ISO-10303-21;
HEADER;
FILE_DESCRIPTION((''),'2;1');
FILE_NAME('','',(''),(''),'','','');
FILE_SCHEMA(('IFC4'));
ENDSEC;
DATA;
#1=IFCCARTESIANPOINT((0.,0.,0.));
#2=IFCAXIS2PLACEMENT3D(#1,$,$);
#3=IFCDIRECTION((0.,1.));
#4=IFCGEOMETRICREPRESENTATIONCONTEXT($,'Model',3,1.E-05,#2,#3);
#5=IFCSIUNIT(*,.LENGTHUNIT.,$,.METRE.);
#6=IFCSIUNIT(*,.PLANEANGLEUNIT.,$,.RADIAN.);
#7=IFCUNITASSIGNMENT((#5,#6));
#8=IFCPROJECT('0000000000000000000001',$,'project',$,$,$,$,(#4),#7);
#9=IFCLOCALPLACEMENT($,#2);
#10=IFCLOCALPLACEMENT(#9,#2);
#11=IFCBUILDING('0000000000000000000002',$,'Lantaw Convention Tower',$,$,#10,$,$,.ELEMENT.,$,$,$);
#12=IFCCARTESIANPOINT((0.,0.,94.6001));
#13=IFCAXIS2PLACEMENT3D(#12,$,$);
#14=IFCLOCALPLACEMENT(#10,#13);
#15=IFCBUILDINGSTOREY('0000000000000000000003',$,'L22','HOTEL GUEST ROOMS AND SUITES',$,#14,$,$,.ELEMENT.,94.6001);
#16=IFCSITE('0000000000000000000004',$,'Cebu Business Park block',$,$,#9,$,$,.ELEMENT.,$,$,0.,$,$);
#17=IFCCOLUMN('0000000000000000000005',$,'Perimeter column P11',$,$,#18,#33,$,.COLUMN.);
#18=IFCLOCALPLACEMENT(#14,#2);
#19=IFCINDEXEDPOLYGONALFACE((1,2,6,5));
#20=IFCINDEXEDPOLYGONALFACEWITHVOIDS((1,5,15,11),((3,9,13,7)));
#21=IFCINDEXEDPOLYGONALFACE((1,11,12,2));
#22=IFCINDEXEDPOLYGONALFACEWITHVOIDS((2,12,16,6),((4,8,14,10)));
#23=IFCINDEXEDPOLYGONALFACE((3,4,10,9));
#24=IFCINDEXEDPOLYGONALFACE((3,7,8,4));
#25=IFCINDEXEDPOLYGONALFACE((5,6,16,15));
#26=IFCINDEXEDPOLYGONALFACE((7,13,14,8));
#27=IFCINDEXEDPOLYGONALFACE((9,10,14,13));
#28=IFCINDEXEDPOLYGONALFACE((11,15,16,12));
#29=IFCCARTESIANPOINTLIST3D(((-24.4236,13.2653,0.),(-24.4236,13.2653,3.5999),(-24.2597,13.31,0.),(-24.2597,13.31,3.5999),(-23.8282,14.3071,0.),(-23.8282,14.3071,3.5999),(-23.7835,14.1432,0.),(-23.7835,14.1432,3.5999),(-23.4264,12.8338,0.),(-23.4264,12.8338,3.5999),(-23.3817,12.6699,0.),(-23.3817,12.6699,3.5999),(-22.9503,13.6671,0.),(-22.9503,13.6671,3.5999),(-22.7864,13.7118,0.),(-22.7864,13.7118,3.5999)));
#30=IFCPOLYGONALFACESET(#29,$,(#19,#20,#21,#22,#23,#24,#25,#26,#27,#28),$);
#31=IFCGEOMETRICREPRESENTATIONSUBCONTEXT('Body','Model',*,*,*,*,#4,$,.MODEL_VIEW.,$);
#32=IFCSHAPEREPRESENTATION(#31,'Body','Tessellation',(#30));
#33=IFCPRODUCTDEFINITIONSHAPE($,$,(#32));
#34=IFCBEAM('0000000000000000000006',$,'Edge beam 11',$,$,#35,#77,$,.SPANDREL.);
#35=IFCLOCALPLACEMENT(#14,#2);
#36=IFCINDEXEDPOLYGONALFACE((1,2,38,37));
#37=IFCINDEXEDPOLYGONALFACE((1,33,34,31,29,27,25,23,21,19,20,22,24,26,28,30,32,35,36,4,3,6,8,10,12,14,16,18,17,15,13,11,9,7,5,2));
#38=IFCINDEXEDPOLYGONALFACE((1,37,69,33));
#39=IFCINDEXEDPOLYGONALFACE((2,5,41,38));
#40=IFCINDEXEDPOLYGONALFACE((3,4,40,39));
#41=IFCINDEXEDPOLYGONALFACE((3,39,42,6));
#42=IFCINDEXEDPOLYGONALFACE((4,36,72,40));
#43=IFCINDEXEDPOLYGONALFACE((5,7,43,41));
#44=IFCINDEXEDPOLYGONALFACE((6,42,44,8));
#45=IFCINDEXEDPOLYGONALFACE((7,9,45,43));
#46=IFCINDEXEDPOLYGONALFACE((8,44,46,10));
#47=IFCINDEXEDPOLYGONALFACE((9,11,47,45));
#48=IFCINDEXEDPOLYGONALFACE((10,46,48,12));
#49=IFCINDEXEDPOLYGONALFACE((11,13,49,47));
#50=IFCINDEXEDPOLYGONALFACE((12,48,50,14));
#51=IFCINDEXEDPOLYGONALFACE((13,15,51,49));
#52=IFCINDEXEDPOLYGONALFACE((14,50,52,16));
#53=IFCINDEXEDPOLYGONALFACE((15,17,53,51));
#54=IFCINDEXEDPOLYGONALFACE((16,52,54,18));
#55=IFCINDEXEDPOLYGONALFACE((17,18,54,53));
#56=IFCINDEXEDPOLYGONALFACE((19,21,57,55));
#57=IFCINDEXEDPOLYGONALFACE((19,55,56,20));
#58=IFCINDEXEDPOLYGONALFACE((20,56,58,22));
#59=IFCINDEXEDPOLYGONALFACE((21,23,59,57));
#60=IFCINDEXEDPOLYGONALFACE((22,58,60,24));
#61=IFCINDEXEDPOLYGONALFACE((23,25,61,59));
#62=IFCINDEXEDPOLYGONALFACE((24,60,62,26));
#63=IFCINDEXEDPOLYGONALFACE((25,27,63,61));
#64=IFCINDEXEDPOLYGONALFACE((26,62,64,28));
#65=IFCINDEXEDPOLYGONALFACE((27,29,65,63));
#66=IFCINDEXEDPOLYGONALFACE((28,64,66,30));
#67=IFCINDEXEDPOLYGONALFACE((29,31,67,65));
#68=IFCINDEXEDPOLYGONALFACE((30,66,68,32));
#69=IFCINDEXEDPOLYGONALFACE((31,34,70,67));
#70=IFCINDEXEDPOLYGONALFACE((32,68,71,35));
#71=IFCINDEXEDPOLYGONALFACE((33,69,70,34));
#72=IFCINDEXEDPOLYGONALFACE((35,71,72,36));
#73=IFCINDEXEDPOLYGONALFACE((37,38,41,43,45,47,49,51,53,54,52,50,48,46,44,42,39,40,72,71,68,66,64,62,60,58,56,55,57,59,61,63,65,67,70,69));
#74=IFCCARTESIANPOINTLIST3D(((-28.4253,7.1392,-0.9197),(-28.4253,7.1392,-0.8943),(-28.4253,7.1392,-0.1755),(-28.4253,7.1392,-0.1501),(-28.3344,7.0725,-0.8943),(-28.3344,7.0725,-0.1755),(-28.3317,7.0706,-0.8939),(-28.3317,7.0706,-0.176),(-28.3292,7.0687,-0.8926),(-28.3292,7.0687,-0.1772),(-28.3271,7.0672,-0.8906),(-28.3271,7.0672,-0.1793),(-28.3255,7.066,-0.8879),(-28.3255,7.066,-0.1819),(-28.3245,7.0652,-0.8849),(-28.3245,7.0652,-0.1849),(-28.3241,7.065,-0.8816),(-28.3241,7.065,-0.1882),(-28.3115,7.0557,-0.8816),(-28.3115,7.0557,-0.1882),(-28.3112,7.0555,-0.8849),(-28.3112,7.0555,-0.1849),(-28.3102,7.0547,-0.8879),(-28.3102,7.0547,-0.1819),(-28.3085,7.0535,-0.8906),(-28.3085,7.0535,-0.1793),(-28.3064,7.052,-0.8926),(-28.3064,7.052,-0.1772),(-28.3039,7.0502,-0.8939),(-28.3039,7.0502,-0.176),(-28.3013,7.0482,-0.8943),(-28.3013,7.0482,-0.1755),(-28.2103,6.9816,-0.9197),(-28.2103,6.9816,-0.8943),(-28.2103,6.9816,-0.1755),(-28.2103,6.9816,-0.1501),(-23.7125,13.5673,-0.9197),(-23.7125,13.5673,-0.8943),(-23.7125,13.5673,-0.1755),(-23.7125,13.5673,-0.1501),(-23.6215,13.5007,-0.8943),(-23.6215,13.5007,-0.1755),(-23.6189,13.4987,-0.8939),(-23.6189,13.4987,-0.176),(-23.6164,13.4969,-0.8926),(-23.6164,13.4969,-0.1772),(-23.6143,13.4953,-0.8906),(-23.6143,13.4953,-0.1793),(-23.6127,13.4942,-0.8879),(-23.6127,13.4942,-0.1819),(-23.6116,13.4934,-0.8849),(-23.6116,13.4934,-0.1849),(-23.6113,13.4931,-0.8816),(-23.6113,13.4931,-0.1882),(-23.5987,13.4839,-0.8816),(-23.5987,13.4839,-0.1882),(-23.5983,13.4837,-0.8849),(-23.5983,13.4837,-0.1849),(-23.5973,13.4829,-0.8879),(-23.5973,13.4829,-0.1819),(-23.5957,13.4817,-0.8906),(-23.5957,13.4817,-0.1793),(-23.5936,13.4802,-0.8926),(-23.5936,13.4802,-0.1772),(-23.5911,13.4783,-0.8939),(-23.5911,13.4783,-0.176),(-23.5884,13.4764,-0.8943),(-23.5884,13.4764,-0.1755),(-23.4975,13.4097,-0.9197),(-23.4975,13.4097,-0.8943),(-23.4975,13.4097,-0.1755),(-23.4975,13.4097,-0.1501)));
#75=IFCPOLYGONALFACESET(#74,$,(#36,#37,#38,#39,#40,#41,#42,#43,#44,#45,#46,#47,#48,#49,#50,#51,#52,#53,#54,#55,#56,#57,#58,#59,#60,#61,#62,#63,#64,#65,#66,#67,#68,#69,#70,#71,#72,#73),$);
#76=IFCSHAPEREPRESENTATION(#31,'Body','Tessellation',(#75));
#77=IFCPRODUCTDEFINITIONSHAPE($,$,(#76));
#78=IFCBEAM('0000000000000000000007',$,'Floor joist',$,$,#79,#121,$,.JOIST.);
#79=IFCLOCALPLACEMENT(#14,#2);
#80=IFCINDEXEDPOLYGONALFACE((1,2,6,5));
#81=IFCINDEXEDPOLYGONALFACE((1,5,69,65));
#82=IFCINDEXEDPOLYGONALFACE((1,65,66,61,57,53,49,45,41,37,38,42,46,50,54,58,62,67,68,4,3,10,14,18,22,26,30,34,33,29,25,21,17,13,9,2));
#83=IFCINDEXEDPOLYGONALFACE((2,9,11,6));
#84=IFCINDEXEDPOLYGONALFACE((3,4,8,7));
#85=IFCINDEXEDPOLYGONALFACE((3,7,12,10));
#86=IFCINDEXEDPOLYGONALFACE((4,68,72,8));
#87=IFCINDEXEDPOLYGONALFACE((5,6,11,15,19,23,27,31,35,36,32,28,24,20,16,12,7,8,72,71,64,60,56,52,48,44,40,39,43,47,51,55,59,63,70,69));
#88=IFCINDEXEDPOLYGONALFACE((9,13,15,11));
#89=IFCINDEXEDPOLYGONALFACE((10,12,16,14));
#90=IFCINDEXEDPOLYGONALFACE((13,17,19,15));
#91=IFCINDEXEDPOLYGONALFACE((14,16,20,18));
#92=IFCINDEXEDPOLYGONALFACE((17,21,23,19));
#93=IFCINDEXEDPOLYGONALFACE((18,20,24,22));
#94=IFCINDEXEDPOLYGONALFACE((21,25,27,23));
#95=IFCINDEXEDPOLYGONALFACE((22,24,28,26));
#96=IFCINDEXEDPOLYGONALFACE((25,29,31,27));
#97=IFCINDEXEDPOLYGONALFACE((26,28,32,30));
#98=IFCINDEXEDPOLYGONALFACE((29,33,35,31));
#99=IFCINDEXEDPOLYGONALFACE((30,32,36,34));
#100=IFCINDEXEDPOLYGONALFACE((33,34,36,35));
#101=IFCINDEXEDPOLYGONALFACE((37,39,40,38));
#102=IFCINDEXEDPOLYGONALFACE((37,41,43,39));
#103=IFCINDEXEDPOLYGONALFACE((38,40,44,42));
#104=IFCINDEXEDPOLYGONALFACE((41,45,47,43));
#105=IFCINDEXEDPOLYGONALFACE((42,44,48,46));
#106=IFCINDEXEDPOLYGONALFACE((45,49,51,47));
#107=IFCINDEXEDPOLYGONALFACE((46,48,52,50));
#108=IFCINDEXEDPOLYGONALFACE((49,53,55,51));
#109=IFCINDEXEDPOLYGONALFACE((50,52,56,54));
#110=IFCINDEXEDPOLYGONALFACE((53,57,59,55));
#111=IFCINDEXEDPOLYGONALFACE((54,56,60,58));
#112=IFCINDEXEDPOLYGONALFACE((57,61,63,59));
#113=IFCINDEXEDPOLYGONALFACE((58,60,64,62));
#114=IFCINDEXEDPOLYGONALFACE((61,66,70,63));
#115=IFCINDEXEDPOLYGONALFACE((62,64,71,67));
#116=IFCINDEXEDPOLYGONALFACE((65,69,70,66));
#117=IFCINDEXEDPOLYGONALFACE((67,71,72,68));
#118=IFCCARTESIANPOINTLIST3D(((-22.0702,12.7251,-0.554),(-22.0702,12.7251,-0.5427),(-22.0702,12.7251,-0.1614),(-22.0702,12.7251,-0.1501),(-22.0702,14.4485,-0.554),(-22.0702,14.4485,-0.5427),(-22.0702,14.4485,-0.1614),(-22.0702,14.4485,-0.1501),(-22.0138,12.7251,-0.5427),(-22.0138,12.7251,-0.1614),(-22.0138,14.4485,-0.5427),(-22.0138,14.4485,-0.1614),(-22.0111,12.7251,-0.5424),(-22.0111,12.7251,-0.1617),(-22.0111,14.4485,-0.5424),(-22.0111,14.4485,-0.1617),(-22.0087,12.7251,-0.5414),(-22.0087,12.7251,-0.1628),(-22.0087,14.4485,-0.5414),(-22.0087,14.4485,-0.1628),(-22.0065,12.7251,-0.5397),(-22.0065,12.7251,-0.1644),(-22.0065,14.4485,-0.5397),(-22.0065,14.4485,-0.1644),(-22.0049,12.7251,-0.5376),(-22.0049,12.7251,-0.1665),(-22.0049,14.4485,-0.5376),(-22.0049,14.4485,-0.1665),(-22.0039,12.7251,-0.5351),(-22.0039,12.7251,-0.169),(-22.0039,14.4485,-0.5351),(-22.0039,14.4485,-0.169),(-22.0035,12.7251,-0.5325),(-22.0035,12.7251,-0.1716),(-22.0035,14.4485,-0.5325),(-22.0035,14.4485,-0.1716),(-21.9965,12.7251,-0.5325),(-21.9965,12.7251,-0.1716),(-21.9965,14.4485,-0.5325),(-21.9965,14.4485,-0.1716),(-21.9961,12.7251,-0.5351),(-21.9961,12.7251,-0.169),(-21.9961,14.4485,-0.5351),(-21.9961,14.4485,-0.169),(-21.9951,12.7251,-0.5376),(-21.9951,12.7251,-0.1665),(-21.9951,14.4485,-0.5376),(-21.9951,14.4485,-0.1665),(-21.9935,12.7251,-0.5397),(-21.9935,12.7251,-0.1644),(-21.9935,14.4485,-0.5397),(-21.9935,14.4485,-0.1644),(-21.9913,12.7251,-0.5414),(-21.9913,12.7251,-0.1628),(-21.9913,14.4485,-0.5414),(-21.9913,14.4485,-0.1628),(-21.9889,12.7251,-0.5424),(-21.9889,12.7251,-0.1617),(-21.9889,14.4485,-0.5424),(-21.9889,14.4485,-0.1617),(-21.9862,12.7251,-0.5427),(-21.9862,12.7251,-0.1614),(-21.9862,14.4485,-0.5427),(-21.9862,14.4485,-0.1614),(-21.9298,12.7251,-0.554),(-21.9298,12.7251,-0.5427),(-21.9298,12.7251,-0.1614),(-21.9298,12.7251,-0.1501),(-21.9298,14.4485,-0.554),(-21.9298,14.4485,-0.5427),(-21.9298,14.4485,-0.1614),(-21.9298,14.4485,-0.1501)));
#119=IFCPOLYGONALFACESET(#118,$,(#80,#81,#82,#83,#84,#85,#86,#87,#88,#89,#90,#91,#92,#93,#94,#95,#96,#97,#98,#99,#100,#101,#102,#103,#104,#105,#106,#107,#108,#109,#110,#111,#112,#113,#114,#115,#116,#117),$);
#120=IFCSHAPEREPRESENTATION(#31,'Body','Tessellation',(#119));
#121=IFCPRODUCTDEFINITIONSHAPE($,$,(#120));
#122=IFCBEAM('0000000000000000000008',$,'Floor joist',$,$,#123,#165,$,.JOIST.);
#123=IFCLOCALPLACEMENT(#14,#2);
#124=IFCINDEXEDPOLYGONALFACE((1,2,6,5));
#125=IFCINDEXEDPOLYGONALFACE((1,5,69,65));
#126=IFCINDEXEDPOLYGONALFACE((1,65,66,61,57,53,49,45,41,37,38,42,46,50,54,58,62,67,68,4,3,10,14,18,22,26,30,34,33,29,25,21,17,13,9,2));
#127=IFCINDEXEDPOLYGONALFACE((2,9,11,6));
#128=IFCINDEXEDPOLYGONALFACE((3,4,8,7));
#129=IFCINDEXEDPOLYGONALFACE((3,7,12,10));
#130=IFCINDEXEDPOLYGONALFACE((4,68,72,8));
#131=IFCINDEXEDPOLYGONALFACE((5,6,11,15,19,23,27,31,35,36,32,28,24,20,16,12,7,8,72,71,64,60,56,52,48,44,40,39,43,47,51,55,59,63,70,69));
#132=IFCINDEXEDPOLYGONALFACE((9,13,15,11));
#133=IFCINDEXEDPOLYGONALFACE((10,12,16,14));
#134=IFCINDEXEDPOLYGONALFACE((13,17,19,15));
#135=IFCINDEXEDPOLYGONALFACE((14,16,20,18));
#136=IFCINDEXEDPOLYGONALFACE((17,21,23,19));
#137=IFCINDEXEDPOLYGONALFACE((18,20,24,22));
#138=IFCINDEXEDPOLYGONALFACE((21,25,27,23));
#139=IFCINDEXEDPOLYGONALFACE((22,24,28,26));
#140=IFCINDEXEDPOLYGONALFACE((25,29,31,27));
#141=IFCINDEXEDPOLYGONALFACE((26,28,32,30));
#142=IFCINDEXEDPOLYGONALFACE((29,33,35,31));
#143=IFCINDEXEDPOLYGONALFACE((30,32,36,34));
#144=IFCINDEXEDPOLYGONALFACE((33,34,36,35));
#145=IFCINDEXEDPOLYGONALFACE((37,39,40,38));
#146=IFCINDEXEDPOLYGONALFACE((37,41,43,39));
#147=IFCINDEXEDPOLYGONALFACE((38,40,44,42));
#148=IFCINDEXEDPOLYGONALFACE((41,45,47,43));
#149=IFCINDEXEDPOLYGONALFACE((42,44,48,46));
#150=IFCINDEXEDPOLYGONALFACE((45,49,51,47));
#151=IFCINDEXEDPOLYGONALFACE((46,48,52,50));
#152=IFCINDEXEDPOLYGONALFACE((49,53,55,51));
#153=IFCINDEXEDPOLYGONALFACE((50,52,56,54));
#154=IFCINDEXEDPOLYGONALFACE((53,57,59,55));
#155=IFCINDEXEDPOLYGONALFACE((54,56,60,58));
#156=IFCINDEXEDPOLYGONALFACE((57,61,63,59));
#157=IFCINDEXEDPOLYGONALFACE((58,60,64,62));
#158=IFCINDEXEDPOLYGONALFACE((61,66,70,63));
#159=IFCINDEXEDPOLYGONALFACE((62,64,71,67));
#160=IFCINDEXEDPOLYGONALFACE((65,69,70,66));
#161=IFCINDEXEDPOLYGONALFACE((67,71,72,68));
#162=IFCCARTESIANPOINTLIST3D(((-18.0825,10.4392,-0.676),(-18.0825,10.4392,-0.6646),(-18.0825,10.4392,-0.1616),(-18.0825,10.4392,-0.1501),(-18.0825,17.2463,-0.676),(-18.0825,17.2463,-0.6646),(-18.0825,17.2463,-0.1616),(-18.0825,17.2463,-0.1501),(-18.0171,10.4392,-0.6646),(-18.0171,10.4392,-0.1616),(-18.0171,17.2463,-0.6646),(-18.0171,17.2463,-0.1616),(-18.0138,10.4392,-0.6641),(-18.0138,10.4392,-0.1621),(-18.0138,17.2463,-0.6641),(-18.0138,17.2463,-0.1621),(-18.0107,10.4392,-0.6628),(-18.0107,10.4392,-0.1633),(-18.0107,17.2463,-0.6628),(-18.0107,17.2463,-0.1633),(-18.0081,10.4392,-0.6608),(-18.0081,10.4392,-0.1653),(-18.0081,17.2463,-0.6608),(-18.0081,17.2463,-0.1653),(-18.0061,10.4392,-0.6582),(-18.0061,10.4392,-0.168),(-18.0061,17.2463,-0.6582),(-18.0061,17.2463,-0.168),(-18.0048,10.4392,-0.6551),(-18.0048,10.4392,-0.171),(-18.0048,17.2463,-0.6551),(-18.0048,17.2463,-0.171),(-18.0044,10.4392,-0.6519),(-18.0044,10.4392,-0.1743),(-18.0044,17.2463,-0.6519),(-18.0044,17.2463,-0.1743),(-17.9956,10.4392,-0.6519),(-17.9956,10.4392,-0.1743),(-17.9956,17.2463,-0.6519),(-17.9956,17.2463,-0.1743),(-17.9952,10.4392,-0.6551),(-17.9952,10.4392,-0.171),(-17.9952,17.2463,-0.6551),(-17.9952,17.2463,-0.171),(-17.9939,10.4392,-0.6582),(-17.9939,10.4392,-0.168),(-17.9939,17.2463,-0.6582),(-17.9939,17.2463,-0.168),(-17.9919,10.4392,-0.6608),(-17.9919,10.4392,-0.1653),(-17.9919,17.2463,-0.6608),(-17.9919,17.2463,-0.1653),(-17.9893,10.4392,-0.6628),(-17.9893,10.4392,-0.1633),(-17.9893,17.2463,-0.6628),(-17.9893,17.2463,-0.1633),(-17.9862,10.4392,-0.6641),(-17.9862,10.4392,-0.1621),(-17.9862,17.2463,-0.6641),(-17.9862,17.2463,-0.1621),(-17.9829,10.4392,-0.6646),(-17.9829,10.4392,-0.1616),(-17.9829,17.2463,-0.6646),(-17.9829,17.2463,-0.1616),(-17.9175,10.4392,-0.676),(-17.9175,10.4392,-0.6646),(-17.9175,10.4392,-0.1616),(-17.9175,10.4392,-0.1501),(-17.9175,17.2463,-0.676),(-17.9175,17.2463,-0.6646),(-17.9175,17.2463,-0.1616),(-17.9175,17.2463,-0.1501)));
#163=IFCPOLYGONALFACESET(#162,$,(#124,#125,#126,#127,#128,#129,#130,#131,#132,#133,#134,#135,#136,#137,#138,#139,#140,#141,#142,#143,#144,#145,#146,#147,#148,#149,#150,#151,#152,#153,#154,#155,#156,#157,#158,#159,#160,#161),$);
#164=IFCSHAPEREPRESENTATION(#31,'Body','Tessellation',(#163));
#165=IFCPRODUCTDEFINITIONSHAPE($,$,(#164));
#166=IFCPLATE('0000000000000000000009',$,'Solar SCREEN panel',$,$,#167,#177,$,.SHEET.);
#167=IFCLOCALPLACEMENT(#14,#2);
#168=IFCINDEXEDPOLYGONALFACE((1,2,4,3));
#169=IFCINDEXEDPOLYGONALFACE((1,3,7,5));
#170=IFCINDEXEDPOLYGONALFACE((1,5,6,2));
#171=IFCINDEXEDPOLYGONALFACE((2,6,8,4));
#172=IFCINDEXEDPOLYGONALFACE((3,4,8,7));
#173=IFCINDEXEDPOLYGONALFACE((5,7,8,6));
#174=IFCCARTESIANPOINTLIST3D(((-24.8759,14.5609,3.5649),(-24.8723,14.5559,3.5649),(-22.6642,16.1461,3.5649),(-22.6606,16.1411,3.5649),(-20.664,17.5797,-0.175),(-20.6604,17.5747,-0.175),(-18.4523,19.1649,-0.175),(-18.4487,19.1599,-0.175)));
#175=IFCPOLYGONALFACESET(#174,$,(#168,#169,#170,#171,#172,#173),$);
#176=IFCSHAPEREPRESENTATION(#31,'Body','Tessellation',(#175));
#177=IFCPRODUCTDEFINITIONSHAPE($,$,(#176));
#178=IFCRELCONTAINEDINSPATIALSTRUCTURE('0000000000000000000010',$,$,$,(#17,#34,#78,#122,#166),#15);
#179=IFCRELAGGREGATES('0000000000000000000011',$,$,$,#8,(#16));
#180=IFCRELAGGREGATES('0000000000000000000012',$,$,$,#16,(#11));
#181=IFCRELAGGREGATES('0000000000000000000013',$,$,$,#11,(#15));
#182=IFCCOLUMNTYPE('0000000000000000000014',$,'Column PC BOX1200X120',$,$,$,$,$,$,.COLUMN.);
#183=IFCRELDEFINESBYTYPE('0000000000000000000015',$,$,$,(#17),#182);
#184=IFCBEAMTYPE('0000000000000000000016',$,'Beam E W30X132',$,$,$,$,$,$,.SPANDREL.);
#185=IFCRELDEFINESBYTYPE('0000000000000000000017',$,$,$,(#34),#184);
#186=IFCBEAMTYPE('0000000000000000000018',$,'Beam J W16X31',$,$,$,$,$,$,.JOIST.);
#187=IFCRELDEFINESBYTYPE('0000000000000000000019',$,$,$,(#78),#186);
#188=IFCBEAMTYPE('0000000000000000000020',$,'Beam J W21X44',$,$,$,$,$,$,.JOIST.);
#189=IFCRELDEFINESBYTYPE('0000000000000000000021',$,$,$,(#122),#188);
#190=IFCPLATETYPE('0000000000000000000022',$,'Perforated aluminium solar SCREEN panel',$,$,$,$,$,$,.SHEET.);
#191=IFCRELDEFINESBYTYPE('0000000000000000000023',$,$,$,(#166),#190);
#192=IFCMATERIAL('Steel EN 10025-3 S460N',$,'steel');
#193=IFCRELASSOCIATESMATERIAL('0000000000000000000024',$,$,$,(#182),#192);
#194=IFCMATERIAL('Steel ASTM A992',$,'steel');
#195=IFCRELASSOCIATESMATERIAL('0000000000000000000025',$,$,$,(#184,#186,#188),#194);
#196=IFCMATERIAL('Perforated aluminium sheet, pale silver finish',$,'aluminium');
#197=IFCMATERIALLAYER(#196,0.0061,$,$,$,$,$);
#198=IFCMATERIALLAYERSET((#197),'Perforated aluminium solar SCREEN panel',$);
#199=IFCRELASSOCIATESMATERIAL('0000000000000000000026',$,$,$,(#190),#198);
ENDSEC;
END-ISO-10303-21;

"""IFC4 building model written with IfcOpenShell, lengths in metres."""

from ifc_helpers import new_model, si_unit, direction, frame, origin, origin_2d, place, context, subcontext, project, spatial, polyline, rectangle, hollow_rectangle, i_section, outline, extrude, material, layer, layer_set, material_profile, profile_set, type_object, element, save


model = new_model("IFC4")

# Units and contexts
model_context = context("Model", 3, precision=1e-05, world=origin(), true_north=direction((0.0, 1.0)))
body_context = subcontext(model_context, "Body", "Model", "MODEL_VIEW")
ifc_project = project(units=[si_unit("LENGTHUNIT", "METRE"), si_unit("PLANEANGLEUNIT", "RADIAN")], contexts=[model_context])

# Site, building, storey
site_placement = place(None, origin())
site = spatial("IfcSite", under=ifc_project, at=site_placement, Name="Cebu Business Park block", CompositionType="ELEMENT", RefElevation=0.0)
building_placement = place(site_placement, origin())
building = spatial("IfcBuilding", under=site, at=building_placement, Name="Lantaw Convention Tower", CompositionType="ELEMENT")
storey_placement = place(building_placement, frame((0.0, 0.0, 94.6001)))
storey = spatial("IfcBuildingStorey", under=building, at=storey_placement, Name="L22", Description="HOTEL GUEST ROOMS AND SUITES", CompositionType="ELEMENT", Elevation=94.6001)

# Column
ifc_material_1 = material(Name="Steel EN 10025-3 S460N", Category="steel")
ifc_material_profile_1 = material_profile(ifc_material_1, hollow_rectangle(XDim=1.2, YDim=1.2, WallThickness=0.1201, at=origin_2d()), Name="BOX1200X120")
ifc_material_2 = material(Name="Concrete C60/75", Category="concrete")
ifc_material_profile_2 = material_profile(ifc_material_2, rectangle(XDim=0.96, YDim=0.96, at=origin_2d()), Name="Concrete fill of BOX1200X120")
ifc_profile_set_1 = profile_set([ifc_material_profile_1, ifc_material_profile_2], Name="Steel EN 10025-3 S460N")
column_type = type_object("IfcColumnType", Name="Column PC BOX1200X120", PredefinedType="COLUMN", material=ifc_profile_set_1)
column_placement = place(storey_placement, frame((-23.605, 13.4885, 0.0), z_axis=(0.0, 0.0, 1.0), x_axis=(0.496139, 0.868243, 0.0)))
element("IfcColumn", 1, at=column_placement, inside=storey, type_object=column_type, Name="Perimeter column P11", PredefinedType="COLUMN", context=body_context, shape_type="SweptSolid", body=[
    extrude(hollow_rectangle(XDim=1.2, YDim=1.2, WallThickness=0.1201, at=origin_2d()), origin(), (0.0, 0.0, 1.0), 3.5999),
])

# Beams
ifc_material_3 = material(Name="Steel ASTM A992", Category="steel")
ifc_material_profile_3 = material_profile(ifc_material_3, i_section(OverallWidth=0.2666, OverallDepth=0.7695, WebThickness=0.0156, FlangeThickness=0.0254, FilletRadius=0.0127, at=origin_2d()), Name="W30X132")
ifc_profile_set_2 = profile_set([ifc_material_profile_3], Name="Steel ASTM A992")
beam_type_1 = type_object("IfcBeamType", Name="Beam E W30X132", PredefinedType="SPANDREL", material=ifc_profile_set_2)
beam_1_placement = place(storey_placement, frame((-23.605, 13.4885, -0.5349), z_axis=(-0.591271, -0.806473, 0.0), x_axis=(0.806473, -0.591271, 0.0)))
element("IfcBeam", 2, at=beam_1_placement, inside=storey, type_object=beam_type_1, Name="Edge beam 11", PredefinedType="SPANDREL", context=body_context, shape_type="SweptSolid", body=[
    extrude(i_section(OverallWidth=0.2666, OverallDepth=0.7695, WebThickness=0.0156, FlangeThickness=0.0254, FilletRadius=0.0127, at=origin_2d()), origin(), (0.0, 0.0, 1.0), 7.9707),
])
ifc_material_profile_4 = material_profile(ifc_material_3, i_section(OverallWidth=0.1404, OverallDepth=0.4038, WebThickness=0.0071, FlangeThickness=0.0112, FilletRadius=0.0103, at=origin_2d()), Name="W16X31")
ifc_profile_set_3 = profile_set([ifc_material_profile_4], Name="Steel ASTM A992")
beam_type_2 = type_object("IfcBeamType", Name="Beam J W16X31", PredefinedType="JOIST", material=ifc_profile_set_3)
beam_2_placement = place(storey_placement, frame((-22.0, 12.7251, -0.3521), z_axis=(0.0, 1.0, 0.0), x_axis=(-1.0, 0.0, 0.0)))
element("IfcBeam", 3, at=beam_2_placement, inside=storey, type_object=beam_type_2, Name="Floor joist", PredefinedType="JOIST", context=body_context, shape_type="SweptSolid", body=[
    extrude(i_section(OverallWidth=0.1404, OverallDepth=0.4038, WebThickness=0.0071, FlangeThickness=0.0112, FilletRadius=0.0103, at=origin_2d()), origin(), (0.0, 0.0, 1.0), 1.7234),
])
ifc_material_profile_5 = material_profile(ifc_material_3, i_section(OverallWidth=0.165, OverallDepth=0.5259, WebThickness=0.0088, FlangeThickness=0.0115, FilletRadius=0.0127, at=origin_2d()), Name="W21X44")
ifc_profile_set_4 = profile_set([ifc_material_profile_5], Name="Steel ASTM A992")
beam_type_3 = type_object("IfcBeamType", Name="Beam J W21X44", PredefinedType="JOIST", material=ifc_profile_set_4)
beam_3_placement = place(storey_placement, frame((-18.0, 10.4392, -0.4131), z_axis=(0.0, 1.0, 0.0), x_axis=(-1.0, 0.0, 0.0)))
element("IfcBeam", 4, at=beam_3_placement, inside=storey, type_object=beam_type_3, Name="Floor joist", PredefinedType="JOIST", context=body_context, shape_type="SweptSolid", body=[
    extrude(i_section(OverallWidth=0.165, OverallDepth=0.5259, WebThickness=0.0088, FlangeThickness=0.0115, FilletRadius=0.0127, at=origin_2d()), origin(), (0.0, 0.0, 1.0), 6.8071),
])

# Plate
ifc_material_4 = material(Name="Perforated aluminium sheet, pale silver finish", Category="aluminium")
ifc_layer_1 = layer(ifc_material_4, 0.0061)
ifc_layer_set_1 = layer_set([ifc_layer_1], Name="Perforated aluminium solar SCREEN panel")
plate_type = type_object("IfcPlateType", Name="Perforated aluminium solar SCREEN panel", PredefinedType="SHEET", material=ifc_layer_set_1)
plate_1_placement = place(storey_placement, frame((-18.4487, 19.1599, -0.175), z_axis=(0.582561, -0.812787, 0.000016), x_axis=(-0.812787, -0.582561, 0.0)))
element("IfcPlate", 5, at=plate_1_placement, inside=storey, type_object=plate_type, Name="Solar SCREEN panel", PredefinedType="SHEET", context=body_context, shape_type="SweptSolid", body=[
    extrude(outline(polyline([(0.0, 0.0), (2.7211, 0.0), (7.9031, -3.74), (5.182, -3.74), (0.0, 0.0)])), origin(), (0.0, 0.0, -1.0), 0.0061),
])

save(model, "model.ifc")
